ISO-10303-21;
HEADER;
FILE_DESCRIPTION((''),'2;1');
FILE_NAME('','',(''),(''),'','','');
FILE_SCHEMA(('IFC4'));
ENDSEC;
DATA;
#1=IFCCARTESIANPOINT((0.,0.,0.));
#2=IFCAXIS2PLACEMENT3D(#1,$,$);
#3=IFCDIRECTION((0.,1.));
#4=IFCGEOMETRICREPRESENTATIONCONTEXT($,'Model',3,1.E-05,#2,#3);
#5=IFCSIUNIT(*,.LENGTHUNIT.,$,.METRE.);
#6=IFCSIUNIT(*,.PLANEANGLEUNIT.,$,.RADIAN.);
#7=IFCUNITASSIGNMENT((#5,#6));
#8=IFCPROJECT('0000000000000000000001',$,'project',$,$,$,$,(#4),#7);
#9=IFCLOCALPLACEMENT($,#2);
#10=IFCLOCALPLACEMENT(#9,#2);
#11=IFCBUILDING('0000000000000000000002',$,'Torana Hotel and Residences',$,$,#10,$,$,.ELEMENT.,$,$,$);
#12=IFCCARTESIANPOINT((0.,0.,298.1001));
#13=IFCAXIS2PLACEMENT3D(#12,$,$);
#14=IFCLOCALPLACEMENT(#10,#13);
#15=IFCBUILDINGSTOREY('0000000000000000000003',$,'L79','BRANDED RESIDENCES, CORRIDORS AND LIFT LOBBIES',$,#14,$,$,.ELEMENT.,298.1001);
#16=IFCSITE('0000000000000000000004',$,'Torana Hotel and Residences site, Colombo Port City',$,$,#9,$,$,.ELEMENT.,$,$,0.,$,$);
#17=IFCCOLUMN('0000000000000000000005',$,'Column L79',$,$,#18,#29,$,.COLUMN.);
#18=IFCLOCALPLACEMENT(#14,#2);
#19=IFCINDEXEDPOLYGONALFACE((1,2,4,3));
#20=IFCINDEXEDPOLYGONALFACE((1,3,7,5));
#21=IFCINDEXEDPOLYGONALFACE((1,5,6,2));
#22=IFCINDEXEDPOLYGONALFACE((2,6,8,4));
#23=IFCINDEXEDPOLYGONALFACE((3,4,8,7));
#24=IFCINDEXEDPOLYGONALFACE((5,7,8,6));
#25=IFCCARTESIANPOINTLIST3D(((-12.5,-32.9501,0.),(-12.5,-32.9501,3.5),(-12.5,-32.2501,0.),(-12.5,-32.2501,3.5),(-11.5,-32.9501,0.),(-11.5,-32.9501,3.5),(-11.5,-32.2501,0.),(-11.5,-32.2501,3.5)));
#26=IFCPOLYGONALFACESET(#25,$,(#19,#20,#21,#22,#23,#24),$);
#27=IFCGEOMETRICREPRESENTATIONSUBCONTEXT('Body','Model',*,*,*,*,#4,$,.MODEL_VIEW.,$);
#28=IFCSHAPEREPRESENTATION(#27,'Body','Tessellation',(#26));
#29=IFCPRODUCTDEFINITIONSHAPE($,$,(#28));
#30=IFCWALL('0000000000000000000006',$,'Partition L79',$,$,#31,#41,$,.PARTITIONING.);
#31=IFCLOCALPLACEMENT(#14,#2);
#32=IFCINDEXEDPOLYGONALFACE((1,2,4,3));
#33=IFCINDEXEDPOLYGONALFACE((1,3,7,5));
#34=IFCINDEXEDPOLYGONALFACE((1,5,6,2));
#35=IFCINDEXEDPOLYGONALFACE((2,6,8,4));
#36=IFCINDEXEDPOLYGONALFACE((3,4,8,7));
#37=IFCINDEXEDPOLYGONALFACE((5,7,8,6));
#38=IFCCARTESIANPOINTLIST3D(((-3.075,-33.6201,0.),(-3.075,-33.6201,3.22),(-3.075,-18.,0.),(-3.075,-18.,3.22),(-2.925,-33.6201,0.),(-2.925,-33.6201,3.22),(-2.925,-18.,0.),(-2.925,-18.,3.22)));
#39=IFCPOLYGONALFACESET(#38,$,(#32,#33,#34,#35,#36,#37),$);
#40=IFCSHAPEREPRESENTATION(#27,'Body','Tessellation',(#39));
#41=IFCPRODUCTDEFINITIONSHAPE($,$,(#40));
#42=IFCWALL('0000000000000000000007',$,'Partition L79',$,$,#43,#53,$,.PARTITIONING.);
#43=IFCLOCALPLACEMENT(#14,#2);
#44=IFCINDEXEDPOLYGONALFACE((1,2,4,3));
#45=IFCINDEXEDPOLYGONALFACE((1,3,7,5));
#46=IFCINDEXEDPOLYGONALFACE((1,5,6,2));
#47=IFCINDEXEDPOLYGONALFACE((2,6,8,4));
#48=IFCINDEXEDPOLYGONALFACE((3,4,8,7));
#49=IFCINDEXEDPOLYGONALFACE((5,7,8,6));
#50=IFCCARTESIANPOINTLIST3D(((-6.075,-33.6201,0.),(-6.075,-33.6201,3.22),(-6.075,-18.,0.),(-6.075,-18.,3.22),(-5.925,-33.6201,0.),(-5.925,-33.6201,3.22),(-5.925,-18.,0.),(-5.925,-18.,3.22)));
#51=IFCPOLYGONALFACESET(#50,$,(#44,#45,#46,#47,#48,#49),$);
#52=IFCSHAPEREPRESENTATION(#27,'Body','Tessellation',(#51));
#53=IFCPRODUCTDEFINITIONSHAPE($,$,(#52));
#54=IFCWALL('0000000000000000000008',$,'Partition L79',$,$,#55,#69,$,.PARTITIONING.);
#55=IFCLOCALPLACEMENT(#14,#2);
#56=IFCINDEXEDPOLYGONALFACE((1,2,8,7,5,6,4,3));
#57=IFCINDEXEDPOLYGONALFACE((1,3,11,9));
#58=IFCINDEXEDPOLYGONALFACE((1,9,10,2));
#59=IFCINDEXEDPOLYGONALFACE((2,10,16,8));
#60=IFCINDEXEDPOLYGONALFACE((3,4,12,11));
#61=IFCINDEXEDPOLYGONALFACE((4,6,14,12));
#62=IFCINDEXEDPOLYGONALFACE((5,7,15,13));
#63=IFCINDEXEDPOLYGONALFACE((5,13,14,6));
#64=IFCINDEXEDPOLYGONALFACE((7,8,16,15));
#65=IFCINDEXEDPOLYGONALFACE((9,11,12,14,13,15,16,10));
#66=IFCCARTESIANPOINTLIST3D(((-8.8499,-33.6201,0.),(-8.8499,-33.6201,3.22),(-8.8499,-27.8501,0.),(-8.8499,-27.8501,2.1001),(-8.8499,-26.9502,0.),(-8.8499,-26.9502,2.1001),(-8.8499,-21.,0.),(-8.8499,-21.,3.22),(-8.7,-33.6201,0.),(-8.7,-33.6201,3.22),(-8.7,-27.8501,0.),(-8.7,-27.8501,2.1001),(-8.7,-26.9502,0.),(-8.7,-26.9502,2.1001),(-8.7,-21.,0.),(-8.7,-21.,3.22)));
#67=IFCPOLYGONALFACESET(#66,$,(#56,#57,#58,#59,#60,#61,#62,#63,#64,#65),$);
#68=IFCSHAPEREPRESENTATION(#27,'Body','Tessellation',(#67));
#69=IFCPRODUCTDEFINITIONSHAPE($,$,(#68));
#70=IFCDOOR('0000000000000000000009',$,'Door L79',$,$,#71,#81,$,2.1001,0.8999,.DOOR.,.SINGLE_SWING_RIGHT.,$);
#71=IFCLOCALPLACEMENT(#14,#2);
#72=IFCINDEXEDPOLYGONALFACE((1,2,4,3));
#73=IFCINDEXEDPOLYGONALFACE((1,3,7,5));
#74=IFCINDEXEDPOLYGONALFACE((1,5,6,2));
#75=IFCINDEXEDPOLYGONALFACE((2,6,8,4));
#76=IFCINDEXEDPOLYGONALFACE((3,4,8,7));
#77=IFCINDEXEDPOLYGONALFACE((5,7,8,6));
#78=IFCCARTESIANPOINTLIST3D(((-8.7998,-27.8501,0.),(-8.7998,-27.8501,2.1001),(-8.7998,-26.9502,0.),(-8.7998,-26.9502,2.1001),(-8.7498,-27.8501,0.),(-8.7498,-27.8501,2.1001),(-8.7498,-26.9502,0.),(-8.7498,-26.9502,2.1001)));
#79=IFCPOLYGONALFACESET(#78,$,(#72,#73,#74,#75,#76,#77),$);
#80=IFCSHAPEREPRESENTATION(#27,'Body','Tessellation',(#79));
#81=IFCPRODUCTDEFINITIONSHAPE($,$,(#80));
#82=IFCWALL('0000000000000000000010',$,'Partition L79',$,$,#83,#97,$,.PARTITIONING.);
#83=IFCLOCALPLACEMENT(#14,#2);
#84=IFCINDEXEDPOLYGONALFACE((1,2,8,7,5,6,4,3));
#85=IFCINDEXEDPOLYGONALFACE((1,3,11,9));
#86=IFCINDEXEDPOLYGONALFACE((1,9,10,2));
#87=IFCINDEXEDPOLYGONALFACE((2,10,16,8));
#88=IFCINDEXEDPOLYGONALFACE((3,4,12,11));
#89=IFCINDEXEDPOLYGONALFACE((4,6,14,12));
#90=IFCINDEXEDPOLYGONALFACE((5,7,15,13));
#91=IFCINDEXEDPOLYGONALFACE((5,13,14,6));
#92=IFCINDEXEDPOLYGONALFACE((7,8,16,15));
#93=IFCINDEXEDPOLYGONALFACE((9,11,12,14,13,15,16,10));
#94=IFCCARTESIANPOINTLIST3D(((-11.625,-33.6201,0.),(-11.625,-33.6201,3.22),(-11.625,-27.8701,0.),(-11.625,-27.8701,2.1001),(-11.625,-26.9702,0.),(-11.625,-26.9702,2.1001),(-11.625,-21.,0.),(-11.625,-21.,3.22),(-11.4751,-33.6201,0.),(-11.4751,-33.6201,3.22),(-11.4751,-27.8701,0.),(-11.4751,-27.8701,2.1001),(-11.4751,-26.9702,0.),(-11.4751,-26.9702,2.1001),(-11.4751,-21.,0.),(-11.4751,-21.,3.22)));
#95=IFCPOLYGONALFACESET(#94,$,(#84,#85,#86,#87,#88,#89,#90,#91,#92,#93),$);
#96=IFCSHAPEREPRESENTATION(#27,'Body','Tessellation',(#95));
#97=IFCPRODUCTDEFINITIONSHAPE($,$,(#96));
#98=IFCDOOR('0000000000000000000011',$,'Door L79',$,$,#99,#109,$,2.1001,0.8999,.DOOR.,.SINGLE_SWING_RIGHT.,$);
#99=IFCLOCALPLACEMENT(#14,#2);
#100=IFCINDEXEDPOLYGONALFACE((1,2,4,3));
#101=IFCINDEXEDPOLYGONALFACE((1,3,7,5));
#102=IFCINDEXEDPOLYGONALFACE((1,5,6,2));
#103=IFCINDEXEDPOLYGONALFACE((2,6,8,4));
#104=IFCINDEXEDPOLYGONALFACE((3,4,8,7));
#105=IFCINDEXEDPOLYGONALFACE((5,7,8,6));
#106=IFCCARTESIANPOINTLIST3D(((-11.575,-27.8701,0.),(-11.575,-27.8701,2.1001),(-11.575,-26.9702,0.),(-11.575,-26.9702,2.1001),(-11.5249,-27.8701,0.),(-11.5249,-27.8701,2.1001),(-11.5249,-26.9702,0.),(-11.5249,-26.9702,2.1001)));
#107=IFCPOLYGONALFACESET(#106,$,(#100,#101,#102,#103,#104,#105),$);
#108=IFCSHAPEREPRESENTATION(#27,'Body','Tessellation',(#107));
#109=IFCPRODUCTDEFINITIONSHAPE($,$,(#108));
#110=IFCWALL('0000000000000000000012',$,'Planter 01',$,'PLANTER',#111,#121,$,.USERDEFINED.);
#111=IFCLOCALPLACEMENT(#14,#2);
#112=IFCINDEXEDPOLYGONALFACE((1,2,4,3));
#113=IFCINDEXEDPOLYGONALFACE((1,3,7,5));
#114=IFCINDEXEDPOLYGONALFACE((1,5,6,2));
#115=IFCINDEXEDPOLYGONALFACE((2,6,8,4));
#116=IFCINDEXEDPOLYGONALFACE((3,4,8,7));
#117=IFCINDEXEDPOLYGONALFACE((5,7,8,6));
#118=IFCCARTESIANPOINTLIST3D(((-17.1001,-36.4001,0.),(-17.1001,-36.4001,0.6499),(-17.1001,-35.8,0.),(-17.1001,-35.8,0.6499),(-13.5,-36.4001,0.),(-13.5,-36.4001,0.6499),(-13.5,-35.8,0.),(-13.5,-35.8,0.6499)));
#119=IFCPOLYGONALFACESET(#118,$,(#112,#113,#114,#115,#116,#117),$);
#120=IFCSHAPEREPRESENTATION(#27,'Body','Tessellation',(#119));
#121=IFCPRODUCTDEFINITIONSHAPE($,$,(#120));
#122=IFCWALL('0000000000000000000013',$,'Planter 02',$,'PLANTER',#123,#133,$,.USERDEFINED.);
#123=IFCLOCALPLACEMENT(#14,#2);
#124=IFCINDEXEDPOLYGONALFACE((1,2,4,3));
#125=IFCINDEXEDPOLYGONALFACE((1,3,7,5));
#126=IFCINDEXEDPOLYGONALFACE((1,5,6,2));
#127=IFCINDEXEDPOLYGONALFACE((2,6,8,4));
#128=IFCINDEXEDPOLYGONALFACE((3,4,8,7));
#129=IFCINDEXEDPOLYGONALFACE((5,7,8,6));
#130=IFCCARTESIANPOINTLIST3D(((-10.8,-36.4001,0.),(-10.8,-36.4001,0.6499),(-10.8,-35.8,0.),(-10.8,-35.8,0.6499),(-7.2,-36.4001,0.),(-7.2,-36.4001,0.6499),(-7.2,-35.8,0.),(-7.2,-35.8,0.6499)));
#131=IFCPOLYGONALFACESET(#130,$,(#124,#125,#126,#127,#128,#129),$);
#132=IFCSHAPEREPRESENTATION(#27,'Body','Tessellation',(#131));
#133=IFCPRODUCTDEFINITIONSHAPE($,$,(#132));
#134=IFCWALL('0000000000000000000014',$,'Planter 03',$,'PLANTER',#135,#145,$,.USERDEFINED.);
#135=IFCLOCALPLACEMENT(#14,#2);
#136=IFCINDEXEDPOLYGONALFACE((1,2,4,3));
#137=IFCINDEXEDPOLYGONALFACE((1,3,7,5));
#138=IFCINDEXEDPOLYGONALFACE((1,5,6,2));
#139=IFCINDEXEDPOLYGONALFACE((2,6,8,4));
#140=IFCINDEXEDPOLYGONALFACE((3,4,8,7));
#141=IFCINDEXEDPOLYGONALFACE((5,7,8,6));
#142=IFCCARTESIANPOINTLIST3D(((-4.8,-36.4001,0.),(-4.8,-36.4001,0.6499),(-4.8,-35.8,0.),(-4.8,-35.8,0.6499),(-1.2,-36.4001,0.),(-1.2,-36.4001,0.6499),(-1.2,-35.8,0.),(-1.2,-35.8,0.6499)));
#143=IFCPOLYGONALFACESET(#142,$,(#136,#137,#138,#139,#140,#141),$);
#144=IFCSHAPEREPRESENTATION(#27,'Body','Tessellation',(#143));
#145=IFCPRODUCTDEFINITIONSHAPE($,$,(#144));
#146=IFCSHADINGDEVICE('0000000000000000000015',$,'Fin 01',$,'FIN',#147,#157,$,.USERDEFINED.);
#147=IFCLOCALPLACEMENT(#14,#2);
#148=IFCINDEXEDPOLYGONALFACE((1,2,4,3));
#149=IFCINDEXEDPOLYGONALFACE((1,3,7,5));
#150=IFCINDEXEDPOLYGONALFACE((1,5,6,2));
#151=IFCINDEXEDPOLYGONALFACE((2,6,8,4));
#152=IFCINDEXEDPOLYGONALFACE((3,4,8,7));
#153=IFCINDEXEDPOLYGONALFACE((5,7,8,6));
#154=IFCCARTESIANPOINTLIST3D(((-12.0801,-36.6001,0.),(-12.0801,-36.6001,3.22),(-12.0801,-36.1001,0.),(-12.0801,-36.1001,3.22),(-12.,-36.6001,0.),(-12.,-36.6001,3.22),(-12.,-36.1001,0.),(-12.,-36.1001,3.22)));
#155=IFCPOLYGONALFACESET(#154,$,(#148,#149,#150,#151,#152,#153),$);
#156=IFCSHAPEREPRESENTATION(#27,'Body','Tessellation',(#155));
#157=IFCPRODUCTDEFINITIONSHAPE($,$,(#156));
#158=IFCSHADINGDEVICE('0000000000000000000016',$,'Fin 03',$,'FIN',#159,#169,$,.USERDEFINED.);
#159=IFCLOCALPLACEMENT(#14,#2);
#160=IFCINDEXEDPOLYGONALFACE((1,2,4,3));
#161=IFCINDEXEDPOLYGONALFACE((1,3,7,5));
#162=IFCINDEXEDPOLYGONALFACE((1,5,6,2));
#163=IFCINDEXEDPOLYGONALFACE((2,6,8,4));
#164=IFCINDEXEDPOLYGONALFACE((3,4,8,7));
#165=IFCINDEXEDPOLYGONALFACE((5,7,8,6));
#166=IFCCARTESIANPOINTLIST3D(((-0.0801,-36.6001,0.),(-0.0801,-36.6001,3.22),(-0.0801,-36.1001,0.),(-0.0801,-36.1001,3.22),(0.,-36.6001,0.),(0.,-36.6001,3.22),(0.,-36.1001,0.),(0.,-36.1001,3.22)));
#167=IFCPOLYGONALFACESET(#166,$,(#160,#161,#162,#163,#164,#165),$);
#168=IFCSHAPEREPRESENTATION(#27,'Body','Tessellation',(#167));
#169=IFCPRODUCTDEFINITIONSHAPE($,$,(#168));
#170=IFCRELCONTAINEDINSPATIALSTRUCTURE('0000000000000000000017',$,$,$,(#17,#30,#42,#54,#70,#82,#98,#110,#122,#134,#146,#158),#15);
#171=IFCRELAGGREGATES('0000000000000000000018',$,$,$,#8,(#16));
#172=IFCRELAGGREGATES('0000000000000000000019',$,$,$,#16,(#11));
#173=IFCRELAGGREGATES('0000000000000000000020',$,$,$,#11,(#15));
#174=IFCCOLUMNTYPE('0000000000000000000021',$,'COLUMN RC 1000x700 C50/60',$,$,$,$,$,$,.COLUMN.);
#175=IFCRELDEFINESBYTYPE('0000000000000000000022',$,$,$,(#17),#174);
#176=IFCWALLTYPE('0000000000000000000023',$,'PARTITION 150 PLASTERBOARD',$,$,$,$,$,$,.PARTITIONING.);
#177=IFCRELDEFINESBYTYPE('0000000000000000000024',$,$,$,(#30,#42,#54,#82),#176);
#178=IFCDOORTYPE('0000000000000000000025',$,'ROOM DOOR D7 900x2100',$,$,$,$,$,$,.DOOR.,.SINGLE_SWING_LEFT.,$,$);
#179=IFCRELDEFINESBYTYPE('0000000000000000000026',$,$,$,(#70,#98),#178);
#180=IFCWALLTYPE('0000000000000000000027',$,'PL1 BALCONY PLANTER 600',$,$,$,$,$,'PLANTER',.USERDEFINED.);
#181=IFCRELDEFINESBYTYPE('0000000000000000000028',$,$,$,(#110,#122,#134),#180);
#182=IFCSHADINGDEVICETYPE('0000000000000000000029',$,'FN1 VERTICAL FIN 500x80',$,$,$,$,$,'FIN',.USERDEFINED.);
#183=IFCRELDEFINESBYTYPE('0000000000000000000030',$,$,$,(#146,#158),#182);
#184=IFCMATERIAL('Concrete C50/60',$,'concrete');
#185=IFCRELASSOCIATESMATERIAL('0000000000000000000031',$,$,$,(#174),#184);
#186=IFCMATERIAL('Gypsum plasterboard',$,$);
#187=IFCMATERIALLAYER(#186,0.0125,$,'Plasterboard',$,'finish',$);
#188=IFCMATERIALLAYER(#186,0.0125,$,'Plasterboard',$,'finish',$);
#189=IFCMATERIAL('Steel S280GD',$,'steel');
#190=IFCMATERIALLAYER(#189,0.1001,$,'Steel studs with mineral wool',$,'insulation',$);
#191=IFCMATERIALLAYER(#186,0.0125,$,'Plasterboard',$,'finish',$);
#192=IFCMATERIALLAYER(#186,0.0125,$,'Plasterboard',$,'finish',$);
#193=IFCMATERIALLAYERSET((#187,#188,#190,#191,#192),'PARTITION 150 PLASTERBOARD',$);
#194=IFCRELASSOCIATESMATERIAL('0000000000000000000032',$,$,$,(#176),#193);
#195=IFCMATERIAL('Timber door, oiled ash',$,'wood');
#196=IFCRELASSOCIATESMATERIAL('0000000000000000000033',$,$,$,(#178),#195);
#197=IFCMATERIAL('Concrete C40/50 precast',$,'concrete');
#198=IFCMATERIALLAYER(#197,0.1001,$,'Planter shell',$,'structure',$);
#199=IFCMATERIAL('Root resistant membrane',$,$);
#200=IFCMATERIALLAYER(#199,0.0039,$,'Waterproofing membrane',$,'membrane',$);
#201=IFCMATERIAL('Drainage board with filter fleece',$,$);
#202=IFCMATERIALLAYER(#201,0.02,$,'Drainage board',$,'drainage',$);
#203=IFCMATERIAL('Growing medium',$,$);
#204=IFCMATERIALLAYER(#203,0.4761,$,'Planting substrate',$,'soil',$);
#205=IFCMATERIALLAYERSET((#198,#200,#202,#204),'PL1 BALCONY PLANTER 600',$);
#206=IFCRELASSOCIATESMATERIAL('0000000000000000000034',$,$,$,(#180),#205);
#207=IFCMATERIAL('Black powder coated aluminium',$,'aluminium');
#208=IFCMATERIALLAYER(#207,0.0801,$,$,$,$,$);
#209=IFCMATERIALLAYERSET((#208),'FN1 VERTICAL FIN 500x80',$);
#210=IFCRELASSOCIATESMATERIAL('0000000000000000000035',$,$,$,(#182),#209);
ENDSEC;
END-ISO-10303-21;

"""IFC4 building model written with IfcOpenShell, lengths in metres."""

from ifc_helpers import new_model, si_unit, direction, frame, frame_2d, origin, origin_2d, place, context, subcontext, project, spatial, rectangle, extrude, material, layer, layer_set, material_profile, profile_set, type_object, element, fill, save


model = new_model("IFC4")

# Units and contexts
model_context = context("Model", 3, precision=1e-05, world=origin(), true_north=direction((0.0, 1.0)))
body_context = subcontext(model_context, "Body", "Model", "MODEL_VIEW")
ifc_project = project(units=[si_unit("LENGTHUNIT", "METRE"), si_unit("PLANEANGLEUNIT", "RADIAN")], contexts=[model_context])

# Site, building, storey
site_placement = place(None, origin())
site = spatial("IfcSite", under=ifc_project, at=site_placement, Name="Torana Hotel and Residences site, Colombo Port City", CompositionType="ELEMENT", RefElevation=0.0)
building_placement = place(site_placement, origin())
building = spatial("IfcBuilding", under=site, at=building_placement, Name="Torana Hotel and Residences", CompositionType="ELEMENT")
storey_placement = place(building_placement, frame((0.0, 0.0, 298.1001)))
storey = spatial("IfcBuildingStorey", under=building, at=storey_placement, Name="L79", Description="BRANDED RESIDENCES, CORRIDORS AND LIFT LOBBIES", CompositionType="ELEMENT", Elevation=298.1001)

# Column
ifc_material_1 = material(Name="Concrete C50/60", Category="concrete")
ifc_material_profile = material_profile(ifc_material_1, rectangle(XDim=1.0, YDim=0.7, at=origin_2d()), Name="RC 1000x700")
ifc_profile_set = profile_set([ifc_material_profile], Name="Concrete C50/60")
column_type = type_object("IfcColumnType", Name="COLUMN RC 1000x700 C50/60", PredefinedType="COLUMN", material=ifc_profile_set)
column_placement = place(storey_placement, frame((-12.0, -32.6001, 0.0), z_axis=(0.0, 0.0, 1.0), x_axis=(1.0, 0.0, 0.0)))
element("IfcColumn", 1, at=column_placement, inside=storey, type_object=column_type, Name="Column L79", PredefinedType="COLUMN", context=body_context, shape_type="SweptSolid", body=[
    extrude(rectangle(XDim=1.0, YDim=0.7, at=origin_2d()), origin(), (0.0, 0.0, 1.0), 3.5),
])

# Walls
ifc_material_2 = material(Name="Gypsum plasterboard")
ifc_layer_1 = layer(ifc_material_2, 0.0125, Name="Plasterboard", Category="finish")
ifc_layer_2 = layer(ifc_material_2, 0.0125, Name="Plasterboard", Category="finish")
ifc_material_3 = material(Name="Steel S280GD", Category="steel")
ifc_layer_3 = layer(ifc_material_3, 0.1001, Name="Steel studs with mineral wool", Category="insulation")
ifc_layer_4 = layer(ifc_material_2, 0.0125, Name="Plasterboard", Category="finish")
ifc_layer_5 = layer(ifc_material_2, 0.0125, Name="Plasterboard", Category="finish")
ifc_layer_set_1 = layer_set([ifc_layer_1, ifc_layer_2, ifc_layer_3, ifc_layer_4, ifc_layer_5], Name="PARTITION 150 PLASTERBOARD")
wall_type_1 = type_object("IfcWallType", Name="PARTITION 150 PLASTERBOARD", PredefinedType="PARTITIONING", material=ifc_layer_set_1)
for number, where, z_axis, x_axis, name in (
    (2, (-3.0, -33.6201, 0.0), (0.0, 0.0, 1.0), (0.0, 1.0, 0.0), "Partition L79"),
    (3, (-6.0, -33.6201, 0.0), (0.0, 0.0, 1.0), (0.0, 1.0, 0.0), "Partition L79"),
):
    element("IfcWall", number, at=place(storey_placement, frame(where, z_axis=z_axis, x_axis=x_axis)), inside=storey, type_object=wall_type_1, Name=name, PredefinedType="PARTITIONING", context=body_context, shape_type="SweptSolid", body=[
        extrude(rectangle(XDim=15.6201, YDim=0.1499, at=frame_2d((7.8101, 0.0))), origin(), (0.0, 0.0, 1.0), 3.22),
    ])

# Walls, openings, doors
wall_1_placement = place(storey_placement, frame((-8.7749, -33.6201, 0.0), z_axis=(0.0, 0.0, 1.0), x_axis=(0.0, 1.0, 0.0)))
wall_1 = element("IfcWall", 4, at=wall_1_placement, inside=storey, type_object=wall_type_1, Name="Partition L79", PredefinedType="PARTITIONING", context=body_context, shape_type="SweptSolid", body=[
    extrude(rectangle(XDim=12.6201, YDim=0.1499, at=frame_2d((6.3101, 0.0))), origin(), (0.0, 0.0, 1.0), 3.22),
])
opening_1_placement = place(wall_1_placement, frame((5.77, 0.0, 0.0)))
opening_1 = element("IfcOpeningElement", 5, at=opening_1_placement, cuts=wall_1, PredefinedType="OPENING", context=body_context, shape_type="SweptSolid", body=[
    extrude(rectangle(XDim=0.8999, YDim=2.1001, at=frame_2d((0.45, 1.05))), frame((0.0, 0.085, 0.0), z_axis=(0.0, -1.0, 0.0), x_axis=(1.0, 0.0, 0.0)), (0.0, 0.0, 1.0), 0.1699),
])
ifc_material_4 = material(Name="Timber door, oiled ash", Category="wood")
door_type = type_object("IfcDoorType", Name="ROOM DOOR D7 900x2100", OperationType="SINGLE_SWING_LEFT", PredefinedType="DOOR", material=ifc_material_4)
door_1_placement = place(opening_1_placement, origin())
door_1 = element("IfcDoor", 6, at=door_1_placement, inside=storey, type_object=door_type, Name="Door L79", OperationType="SINGLE_SWING_RIGHT", OverallHeight=2.1001, OverallWidth=0.8999, PredefinedType="DOOR", context=body_context, shape_type="SweptSolid", body=[
    extrude(rectangle(XDim=0.8999, YDim=2.1001, at=frame_2d((0.45, 1.05))), frame((0.0, 0.0249, 0.0), z_axis=(0.0, -1.0, 0.0), x_axis=(1.0, 0.0, 0.0)), (0.0, 0.0, 1.0), 0.05),
])
fill(opening_1, door_1)
wall_2_placement = place(storey_placement, frame((-11.55, -33.6201, 0.0), z_axis=(0.0, 0.0, 1.0), x_axis=(0.0, 1.0, 0.0)))
wall_2 = element("IfcWall", 7, at=wall_2_placement, inside=storey, type_object=wall_type_1, Name="Partition L79", PredefinedType="PARTITIONING", context=body_context, shape_type="SweptSolid", body=[
    extrude(rectangle(XDim=12.6201, YDim=0.1499, at=frame_2d((6.3101, 0.0))), origin(), (0.0, 0.0, 1.0), 3.22),
])
opening_2_placement = place(wall_2_placement, frame((5.75, 0.0, 0.0)))
opening_2 = element("IfcOpeningElement", 8, at=opening_2_placement, cuts=wall_2, PredefinedType="OPENING", context=body_context, shape_type="SweptSolid", body=[
    extrude(rectangle(XDim=0.8999, YDim=2.1001, at=frame_2d((0.45, 1.05))), frame((0.0, 0.085, 0.0), z_axis=(0.0, -1.0, 0.0), x_axis=(1.0, 0.0, 0.0)), (0.0, 0.0, 1.0), 0.1699),
])
door_2_placement = place(opening_2_placement, origin())
door_2 = element("IfcDoor", 9, at=door_2_placement, inside=storey, type_object=door_type, Name="Door L79", OperationType="SINGLE_SWING_RIGHT", OverallHeight=2.1001, OverallWidth=0.8999, PredefinedType="DOOR", context=body_context, shape_type="SweptSolid", body=[
    extrude(rectangle(XDim=0.8999, YDim=2.1001, at=frame_2d((0.45, 1.05))), frame((0.0, 0.0249, 0.0), z_axis=(0.0, -1.0, 0.0), x_axis=(1.0, 0.0, 0.0)), (0.0, 0.0, 1.0), 0.05),
])
fill(opening_2, door_2)

# Walls
ifc_material_5 = material(Name="Concrete C40/50 precast", Category="concrete")
ifc_layer_6 = layer(ifc_material_5, 0.1001, Name="Planter shell", Category="structure")
ifc_material_6 = material(Name="Root resistant membrane")
ifc_layer_7 = layer(ifc_material_6, 0.0039, Name="Waterproofing membrane", Category="membrane")
ifc_material_7 = material(Name="Drainage board with filter fleece")
ifc_layer_8 = layer(ifc_material_7, 0.02, Name="Drainage board", Category="drainage")
ifc_material_8 = material(Name="Growing medium")
ifc_layer_9 = layer(ifc_material_8, 0.4761, Name="Planting substrate", Category="soil")
ifc_layer_set_2 = layer_set([ifc_layer_6, ifc_layer_7, ifc_layer_8, ifc_layer_9], Name="PL1 BALCONY PLANTER 600")
wall_type_2 = type_object("IfcWallType", Name="PL1 BALCONY PLANTER 600", ElementType="PLANTER", PredefinedType="USERDEFINED", material=ifc_layer_set_2)
for number, where, z_axis, x_axis, name in (
    (10, (-13.5, -36.1001, 0.0), (0.0, 0.0, 1.0), (-1.0, 0.0, 0.0), "Planter 01"),
    (11, (-7.2, -36.1001, 0.0), (0.0, 0.0, 1.0), (-1.0, 0.0, 0.0), "Planter 02"),
    (12, (-1.2, -36.1001, 0.0), (0.0, 0.0, 1.0), (-1.0, 0.0, 0.0), "Planter 03"),
):
    element("IfcWall", number, at=place(storey_placement, frame(where, z_axis=z_axis, x_axis=x_axis)), inside=storey, type_object=wall_type_2, Name=name, ObjectType="PLANTER", PredefinedType="USERDEFINED", context=body_context, shape_type="SweptSolid", body=[
        extrude(rectangle(XDim=3.6001, YDim=0.6001, at=frame_2d((1.8, 0.0))), origin(), (0.0, 0.0, 1.0), 0.6499),
    ])

# Shading devices
ifc_material_9 = material(Name="Black powder coated aluminium", Category="aluminium")
ifc_layer_10 = layer(ifc_material_9, 0.0801)
ifc_layer_set_3 = layer_set([ifc_layer_10], Name="FN1 VERTICAL FIN 500x80")
shading_device_type = type_object("IfcShadingDeviceType", Name="FN1 VERTICAL FIN 500x80", ElementType="FIN", PredefinedType="USERDEFINED", material=ifc_layer_set_3)
for number, where, z_axis, x_axis, name in (
    (13, (-12.04, -36.3501, 0.0), (0.0, 0.0, 1.0), (-1.0, 0.0, 0.0), "Fin 01"),
    (14, (-0.04, -36.3501, 0.0), (0.0, 0.0, 1.0), (-1.0, 0.0, 0.0), "Fin 03"),
):
    element("IfcShadingDevice", number, at=place(storey_placement, frame(where, z_axis=z_axis, x_axis=x_axis)), inside=storey, type_object=shading_device_type, Name=name, ObjectType="FIN", PredefinedType="USERDEFINED", context=body_context, shape_type="SweptSolid", body=[
        extrude(rectangle(XDim=0.0801, YDim=0.5, at=origin_2d()), origin(), (0.0, 0.0, 1.0), 3.22),
    ])

save(model, "model.ifc")
